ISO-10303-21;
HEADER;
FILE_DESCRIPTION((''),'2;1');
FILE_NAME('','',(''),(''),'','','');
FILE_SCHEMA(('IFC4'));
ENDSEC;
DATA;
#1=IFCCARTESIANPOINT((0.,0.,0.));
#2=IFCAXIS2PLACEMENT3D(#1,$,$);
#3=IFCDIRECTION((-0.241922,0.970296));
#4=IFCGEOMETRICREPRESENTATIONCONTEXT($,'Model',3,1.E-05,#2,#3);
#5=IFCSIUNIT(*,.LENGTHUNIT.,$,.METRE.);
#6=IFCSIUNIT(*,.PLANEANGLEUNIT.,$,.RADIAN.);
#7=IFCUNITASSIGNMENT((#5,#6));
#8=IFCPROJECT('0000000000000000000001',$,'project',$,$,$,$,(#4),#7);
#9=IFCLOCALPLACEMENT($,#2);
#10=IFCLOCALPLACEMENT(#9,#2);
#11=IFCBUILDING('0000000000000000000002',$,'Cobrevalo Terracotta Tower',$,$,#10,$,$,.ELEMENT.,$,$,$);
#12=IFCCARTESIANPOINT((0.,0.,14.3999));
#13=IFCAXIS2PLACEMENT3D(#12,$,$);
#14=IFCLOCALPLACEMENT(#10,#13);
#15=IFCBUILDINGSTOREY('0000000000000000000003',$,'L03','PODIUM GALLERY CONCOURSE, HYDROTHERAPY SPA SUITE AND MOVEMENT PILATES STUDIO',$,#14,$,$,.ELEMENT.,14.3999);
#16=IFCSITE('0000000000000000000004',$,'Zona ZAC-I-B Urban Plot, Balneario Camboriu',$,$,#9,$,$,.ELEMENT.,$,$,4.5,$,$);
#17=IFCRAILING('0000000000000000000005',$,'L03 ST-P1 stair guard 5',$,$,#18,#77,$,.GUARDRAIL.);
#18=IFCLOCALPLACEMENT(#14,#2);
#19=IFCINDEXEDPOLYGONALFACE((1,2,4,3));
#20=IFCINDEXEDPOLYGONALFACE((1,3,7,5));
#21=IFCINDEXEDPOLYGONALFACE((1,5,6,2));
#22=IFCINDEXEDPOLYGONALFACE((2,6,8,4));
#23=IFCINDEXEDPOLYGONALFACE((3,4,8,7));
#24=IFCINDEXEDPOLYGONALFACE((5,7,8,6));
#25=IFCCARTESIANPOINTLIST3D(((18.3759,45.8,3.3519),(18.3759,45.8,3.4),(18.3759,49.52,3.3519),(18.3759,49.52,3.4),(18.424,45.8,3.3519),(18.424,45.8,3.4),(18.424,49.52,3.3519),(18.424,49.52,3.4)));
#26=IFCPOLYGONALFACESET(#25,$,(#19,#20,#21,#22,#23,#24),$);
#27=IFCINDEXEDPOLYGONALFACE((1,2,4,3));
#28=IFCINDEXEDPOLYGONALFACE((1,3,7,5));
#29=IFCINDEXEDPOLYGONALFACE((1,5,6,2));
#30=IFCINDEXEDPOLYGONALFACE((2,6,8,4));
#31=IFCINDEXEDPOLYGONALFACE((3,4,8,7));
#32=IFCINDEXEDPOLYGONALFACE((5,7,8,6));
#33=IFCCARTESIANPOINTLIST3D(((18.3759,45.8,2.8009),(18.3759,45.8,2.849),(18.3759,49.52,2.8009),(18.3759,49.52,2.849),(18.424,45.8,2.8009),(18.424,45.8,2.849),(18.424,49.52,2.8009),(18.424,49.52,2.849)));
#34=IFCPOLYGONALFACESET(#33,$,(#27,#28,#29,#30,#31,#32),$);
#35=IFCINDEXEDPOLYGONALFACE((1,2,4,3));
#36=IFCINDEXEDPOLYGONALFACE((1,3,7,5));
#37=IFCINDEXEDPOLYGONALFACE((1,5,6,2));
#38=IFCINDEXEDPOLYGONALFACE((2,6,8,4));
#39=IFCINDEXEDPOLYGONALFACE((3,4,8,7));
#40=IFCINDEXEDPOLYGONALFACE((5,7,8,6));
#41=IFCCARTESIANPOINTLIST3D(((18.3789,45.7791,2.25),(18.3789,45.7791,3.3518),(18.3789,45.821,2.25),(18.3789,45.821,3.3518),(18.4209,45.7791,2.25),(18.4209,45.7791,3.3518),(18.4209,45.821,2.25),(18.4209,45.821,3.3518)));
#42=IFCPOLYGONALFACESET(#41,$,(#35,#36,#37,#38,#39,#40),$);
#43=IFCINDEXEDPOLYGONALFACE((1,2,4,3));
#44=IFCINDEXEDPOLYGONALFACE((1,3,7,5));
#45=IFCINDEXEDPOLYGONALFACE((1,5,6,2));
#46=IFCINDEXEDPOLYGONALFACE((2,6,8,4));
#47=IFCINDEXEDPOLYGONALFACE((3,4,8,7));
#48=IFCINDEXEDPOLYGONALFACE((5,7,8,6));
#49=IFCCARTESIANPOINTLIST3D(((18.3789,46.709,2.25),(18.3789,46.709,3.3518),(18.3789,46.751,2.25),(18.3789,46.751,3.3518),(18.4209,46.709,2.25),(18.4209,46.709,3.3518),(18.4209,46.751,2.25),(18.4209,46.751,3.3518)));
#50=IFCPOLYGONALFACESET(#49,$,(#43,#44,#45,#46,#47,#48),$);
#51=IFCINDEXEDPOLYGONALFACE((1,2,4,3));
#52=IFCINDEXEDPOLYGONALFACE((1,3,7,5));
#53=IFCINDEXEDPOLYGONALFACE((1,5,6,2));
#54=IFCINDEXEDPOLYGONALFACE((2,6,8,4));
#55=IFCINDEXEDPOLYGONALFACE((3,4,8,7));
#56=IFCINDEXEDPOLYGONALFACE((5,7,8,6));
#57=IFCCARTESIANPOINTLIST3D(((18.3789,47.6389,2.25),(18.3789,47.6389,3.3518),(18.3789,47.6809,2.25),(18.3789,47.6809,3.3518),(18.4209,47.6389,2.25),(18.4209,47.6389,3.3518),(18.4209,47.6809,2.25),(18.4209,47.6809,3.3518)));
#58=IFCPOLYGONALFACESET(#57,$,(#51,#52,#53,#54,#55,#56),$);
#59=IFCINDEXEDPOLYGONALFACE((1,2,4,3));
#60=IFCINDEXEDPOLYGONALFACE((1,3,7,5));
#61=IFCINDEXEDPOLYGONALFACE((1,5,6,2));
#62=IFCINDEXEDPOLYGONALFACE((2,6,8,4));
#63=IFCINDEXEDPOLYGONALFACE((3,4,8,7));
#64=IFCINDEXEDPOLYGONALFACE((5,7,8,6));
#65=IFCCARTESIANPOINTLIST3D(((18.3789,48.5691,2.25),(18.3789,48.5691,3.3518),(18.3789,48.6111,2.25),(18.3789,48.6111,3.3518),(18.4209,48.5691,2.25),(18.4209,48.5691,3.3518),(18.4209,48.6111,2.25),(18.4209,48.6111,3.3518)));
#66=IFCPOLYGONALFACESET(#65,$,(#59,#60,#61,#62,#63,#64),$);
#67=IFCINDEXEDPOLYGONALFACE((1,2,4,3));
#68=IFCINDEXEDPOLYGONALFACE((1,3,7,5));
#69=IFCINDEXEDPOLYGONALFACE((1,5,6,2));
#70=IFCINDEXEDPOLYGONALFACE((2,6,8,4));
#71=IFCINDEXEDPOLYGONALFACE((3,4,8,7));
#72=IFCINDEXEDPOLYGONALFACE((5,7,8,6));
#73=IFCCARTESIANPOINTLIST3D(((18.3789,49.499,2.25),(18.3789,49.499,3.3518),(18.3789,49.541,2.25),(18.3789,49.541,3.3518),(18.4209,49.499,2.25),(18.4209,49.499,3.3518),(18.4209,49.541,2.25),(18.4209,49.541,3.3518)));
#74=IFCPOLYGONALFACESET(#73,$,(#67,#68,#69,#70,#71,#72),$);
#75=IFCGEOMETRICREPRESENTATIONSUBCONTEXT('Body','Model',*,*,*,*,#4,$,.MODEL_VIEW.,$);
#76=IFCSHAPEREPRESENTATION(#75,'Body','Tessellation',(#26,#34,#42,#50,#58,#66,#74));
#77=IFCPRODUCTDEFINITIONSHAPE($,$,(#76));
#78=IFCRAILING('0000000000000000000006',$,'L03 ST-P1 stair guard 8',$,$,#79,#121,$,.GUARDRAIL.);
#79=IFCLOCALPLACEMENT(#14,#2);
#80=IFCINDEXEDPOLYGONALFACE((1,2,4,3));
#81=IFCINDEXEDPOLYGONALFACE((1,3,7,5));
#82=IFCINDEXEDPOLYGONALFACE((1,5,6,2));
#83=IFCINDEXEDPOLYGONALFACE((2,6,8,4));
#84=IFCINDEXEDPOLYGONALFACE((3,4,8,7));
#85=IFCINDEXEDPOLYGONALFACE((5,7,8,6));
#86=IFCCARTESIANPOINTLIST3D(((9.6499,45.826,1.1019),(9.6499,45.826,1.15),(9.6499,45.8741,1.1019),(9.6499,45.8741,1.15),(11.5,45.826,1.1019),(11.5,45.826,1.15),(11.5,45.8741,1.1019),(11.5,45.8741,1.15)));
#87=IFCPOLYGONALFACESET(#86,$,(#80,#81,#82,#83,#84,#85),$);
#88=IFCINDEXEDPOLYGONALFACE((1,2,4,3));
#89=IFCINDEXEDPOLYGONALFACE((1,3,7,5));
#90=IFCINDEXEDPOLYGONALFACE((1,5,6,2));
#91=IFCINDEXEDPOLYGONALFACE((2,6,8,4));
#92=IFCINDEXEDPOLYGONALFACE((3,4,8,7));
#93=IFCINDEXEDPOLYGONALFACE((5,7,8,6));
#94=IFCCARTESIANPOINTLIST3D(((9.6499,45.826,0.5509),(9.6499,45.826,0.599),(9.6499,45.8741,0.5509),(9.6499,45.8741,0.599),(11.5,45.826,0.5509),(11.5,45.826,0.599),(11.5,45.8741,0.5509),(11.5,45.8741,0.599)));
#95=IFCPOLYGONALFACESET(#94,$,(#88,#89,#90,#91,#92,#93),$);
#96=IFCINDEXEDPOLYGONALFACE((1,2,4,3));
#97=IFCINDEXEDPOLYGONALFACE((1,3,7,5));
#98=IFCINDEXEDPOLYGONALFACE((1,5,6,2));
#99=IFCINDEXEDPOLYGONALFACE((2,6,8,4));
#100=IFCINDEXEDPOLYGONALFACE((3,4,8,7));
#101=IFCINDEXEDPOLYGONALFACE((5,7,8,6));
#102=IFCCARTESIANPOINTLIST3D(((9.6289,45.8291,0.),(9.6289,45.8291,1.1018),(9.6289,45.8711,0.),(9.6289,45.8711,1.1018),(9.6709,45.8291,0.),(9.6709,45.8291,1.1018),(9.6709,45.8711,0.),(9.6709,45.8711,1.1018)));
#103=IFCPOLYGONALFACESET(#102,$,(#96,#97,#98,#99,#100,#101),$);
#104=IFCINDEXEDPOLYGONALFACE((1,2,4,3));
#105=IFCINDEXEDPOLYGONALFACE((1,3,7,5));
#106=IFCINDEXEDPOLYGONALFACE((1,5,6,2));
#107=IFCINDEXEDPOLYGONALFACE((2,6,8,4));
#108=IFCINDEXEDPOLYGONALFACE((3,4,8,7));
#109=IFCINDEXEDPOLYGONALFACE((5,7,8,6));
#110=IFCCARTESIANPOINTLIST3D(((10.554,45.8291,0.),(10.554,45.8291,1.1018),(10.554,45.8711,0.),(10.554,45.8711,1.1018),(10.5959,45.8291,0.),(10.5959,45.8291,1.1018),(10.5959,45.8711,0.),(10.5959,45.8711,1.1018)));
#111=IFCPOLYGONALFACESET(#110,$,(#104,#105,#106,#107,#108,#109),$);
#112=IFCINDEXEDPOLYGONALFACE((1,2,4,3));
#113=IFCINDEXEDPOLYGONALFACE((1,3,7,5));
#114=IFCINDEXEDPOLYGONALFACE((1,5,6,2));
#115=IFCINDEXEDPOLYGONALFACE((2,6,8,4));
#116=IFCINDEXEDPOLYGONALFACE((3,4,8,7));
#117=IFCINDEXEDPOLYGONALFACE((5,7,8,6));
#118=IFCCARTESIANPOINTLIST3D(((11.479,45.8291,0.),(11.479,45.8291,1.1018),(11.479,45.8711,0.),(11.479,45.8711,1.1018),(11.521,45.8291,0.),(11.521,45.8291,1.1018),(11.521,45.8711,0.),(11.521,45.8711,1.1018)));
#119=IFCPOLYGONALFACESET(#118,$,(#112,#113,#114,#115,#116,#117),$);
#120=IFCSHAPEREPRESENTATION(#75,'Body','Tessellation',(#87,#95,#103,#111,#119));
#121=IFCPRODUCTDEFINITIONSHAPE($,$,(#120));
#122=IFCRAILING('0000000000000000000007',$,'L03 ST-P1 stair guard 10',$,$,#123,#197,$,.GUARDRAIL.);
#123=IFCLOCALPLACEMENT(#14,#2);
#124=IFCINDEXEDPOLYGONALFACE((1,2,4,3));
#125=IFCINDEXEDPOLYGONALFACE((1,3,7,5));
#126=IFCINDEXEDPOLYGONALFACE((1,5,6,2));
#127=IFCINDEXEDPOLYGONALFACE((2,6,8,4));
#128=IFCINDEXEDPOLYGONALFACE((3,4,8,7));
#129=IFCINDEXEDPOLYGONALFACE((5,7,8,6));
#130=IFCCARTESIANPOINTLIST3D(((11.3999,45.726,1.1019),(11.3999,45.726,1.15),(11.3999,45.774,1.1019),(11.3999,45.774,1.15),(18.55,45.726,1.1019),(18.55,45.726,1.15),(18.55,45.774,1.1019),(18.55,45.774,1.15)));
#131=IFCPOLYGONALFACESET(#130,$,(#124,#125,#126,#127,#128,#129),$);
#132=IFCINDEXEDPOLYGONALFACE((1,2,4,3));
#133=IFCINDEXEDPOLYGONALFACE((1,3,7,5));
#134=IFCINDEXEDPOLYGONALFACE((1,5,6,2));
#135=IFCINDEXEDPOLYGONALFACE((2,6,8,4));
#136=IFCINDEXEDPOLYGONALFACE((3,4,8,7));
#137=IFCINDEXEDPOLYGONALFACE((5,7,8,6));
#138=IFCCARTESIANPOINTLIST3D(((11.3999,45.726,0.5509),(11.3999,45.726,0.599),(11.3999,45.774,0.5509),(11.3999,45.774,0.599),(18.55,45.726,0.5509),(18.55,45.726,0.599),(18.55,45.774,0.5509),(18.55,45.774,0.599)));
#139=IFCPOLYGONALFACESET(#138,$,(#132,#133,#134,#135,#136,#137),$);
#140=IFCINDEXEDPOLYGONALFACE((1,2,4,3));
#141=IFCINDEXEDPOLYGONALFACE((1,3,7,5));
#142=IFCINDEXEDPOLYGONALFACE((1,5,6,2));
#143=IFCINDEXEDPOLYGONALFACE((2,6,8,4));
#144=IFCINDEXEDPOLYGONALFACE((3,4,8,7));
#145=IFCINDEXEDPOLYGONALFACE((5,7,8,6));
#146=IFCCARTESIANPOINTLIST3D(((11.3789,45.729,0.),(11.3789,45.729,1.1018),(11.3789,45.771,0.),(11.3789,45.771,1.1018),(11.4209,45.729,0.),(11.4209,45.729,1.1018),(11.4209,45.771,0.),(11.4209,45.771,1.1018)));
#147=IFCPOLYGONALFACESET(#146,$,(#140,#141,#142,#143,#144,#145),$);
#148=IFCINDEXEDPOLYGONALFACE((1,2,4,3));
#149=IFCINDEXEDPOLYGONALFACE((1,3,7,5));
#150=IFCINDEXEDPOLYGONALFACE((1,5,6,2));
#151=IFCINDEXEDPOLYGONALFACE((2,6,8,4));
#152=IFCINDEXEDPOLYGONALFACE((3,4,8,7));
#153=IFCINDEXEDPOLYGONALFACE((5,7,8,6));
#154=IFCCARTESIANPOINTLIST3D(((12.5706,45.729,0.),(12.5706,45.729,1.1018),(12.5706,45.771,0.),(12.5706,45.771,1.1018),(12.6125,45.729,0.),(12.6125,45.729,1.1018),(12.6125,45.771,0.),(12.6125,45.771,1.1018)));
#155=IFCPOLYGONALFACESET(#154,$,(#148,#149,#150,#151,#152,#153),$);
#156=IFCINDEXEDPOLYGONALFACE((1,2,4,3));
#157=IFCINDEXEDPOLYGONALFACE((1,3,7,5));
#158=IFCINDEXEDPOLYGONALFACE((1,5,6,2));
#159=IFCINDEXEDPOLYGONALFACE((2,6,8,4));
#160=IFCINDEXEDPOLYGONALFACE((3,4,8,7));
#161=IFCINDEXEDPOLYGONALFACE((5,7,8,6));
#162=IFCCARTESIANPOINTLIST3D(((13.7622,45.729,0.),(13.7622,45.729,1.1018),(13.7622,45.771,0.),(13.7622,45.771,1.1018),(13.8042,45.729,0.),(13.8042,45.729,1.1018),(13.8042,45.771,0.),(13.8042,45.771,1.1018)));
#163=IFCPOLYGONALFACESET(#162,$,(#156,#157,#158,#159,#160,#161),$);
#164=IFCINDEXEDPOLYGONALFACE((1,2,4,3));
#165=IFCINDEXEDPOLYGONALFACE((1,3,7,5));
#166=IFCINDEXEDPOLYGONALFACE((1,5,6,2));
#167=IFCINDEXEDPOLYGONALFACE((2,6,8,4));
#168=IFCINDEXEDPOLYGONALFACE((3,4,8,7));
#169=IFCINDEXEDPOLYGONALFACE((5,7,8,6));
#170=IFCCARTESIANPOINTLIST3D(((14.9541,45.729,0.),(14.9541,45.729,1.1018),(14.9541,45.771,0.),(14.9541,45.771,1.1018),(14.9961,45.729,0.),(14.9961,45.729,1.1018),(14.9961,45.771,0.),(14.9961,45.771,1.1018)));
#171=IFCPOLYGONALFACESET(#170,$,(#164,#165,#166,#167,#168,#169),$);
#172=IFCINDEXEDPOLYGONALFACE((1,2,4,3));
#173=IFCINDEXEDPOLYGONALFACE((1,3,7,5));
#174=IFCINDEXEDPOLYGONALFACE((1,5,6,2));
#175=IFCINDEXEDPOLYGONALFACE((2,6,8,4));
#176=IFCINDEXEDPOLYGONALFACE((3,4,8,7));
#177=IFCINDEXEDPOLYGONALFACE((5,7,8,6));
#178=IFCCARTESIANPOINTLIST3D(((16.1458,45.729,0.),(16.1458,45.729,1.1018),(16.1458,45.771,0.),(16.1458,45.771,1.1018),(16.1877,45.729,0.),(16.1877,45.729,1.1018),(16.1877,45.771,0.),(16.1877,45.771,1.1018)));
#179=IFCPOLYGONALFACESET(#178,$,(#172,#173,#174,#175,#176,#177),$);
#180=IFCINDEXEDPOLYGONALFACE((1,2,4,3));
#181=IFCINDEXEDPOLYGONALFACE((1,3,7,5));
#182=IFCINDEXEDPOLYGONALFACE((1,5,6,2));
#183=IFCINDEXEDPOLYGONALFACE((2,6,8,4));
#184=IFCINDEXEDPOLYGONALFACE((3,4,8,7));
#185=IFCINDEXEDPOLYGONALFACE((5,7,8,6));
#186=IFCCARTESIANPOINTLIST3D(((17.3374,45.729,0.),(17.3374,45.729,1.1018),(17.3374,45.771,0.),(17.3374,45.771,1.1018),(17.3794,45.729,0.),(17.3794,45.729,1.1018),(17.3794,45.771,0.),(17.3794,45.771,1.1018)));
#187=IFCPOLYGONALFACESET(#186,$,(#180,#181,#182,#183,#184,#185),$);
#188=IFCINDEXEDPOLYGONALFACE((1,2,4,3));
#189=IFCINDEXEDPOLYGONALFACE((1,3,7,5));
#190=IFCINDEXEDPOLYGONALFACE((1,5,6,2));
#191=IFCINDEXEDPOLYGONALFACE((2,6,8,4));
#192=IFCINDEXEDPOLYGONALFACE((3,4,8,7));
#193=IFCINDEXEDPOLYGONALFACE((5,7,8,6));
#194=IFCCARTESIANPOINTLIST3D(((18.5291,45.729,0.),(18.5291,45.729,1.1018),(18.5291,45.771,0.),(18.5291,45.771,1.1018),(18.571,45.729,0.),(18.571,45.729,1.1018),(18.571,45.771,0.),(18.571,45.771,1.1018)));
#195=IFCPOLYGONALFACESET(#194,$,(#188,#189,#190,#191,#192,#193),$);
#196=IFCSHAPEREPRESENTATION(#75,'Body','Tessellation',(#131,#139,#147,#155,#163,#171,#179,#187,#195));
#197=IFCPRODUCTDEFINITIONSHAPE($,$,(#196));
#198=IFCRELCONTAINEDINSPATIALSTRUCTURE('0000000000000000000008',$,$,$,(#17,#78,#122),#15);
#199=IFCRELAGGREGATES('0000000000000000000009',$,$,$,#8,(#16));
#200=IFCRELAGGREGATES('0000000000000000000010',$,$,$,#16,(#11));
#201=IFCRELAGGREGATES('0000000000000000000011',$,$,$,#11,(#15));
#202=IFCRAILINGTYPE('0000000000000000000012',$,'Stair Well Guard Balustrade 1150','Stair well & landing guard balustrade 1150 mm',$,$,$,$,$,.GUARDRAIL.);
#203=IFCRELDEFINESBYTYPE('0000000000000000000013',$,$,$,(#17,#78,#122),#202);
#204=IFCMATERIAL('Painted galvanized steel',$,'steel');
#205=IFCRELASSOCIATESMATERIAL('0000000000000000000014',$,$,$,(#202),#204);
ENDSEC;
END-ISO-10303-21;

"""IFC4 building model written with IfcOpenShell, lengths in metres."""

from ifc_helpers import new_model, si_unit, direction, frame, origin, origin_2d, place, context, subcontext, project, spatial, rectangle, extrude, material, type_object, element, save


model = new_model("IFC4")

# Units and contexts
model_context = context("Model", 3, precision=1e-05, world=origin(), true_north=direction((-0.241922, 0.970296)))
body_context = subcontext(model_context, "Body", "Model", "MODEL_VIEW")
ifc_project = project(units=[si_unit("LENGTHUNIT", "METRE"), si_unit("PLANEANGLEUNIT", "RADIAN")], contexts=[model_context])

# Site, building, storey
site_placement = place(None, origin())
site = spatial("IfcSite", under=ifc_project, at=site_placement, Name="Zona ZAC-I-B Urban Plot, Balneario Camboriu", CompositionType="ELEMENT", RefElevation=4.5)
building_placement = place(site_placement, origin())
building = spatial("IfcBuilding", under=site, at=building_placement, Name="Cobrevalo Terracotta Tower", CompositionType="ELEMENT")
storey_placement = place(building_placement, frame((0.0, 0.0, 14.3999)))
storey = spatial("IfcBuildingStorey", under=building, at=storey_placement, Name="L03", Description="PODIUM GALLERY CONCOURSE, HYDROTHERAPY SPA SUITE AND MOVEMENT PILATES STUDIO", CompositionType="ELEMENT", Elevation=14.3999)

# Railings
ifc_material_1 = material(Name="Painted galvanized steel", Category="steel")
railing_type_1 = type_object("IfcRailingType", Name="Stair Well Guard Balustrade 1150", Description="Stair well & landing guard balustrade 1150 mm", PredefinedType="GUARDRAIL", material=ifc_material_1)
railing_1_placement = place(storey_placement, frame((18.3999, 45.8, 2.25)))
element("IfcRailing", 1, at=railing_1_placement, inside=storey, type_object=railing_type_1, Name="L03 ST-P1 stair guard 5", PredefinedType="GUARDRAIL", context=body_context, shape_type="SweptSolid", body=[
    extrude(rectangle(XDim=0.0481, YDim=0.0481, at=origin_2d()), frame((0.0, 0.0, 1.126), z_axis=(0.0, 1.0, 0.0), x_axis=(-1.0, 0.0, 0.0)), (0.0, 0.0, 1.0), 3.72),
    extrude(rectangle(XDim=0.0481, YDim=0.0481, at=origin_2d()), frame((0.0, 0.0, 0.575), z_axis=(0.0, 1.0, 0.0), x_axis=(-1.0, 0.0, 0.0)), (0.0, 0.0, 1.0), 3.72),
    extrude(rectangle(XDim=0.042, YDim=0.042, at=origin_2d()), origin(), (0.0, 0.0, 1.0), 1.1018),
    extrude(rectangle(XDim=0.042, YDim=0.042, at=origin_2d()), frame((0.0, 0.9299, 0.0)), (0.0, 0.0, 1.0), 1.1018),
    extrude(rectangle(XDim=0.042, YDim=0.042, at=origin_2d()), frame((0.0, 1.8599, 0.0)), (0.0, 0.0, 1.0), 1.1018),
    extrude(rectangle(XDim=0.042, YDim=0.042, at=origin_2d()), frame((0.0, 2.79, 0.0)), (0.0, 0.0, 1.0), 1.1018),
    extrude(rectangle(XDim=0.042, YDim=0.042, at=origin_2d()), frame((0.0, 3.72, 0.0)), (0.0, 0.0, 1.0), 1.1018),
])
railing_2_placement = place(storey_placement, frame((9.6499, 45.8501, 0.0)))
element("IfcRailing", 2, at=railing_2_placement, inside=storey, type_object=railing_type_1, Name="L03 ST-P1 stair guard 8", PredefinedType="GUARDRAIL", context=body_context, shape_type="SweptSolid", body=[
    extrude(rectangle(XDim=0.0481, YDim=0.0481, at=origin_2d()), frame((0.0, 0.0, 1.126), z_axis=(1.0, 0.0, 0.0), x_axis=(0.0, 1.0, 0.0)), (0.0, 0.0, 1.0), 1.8501),
    extrude(rectangle(XDim=0.0481, YDim=0.0481, at=origin_2d()), frame((0.0, 0.0, 0.575), z_axis=(1.0, 0.0, 0.0), x_axis=(0.0, 1.0, 0.0)), (0.0, 0.0, 1.0), 1.8501),
    extrude(rectangle(XDim=0.042, YDim=0.042, at=origin_2d()), origin(), (0.0, 0.0, 1.0), 1.1018),
    extrude(rectangle(XDim=0.042, YDim=0.042, at=origin_2d()), frame((0.925, 0.0, 0.0)), (0.0, 0.0, 1.0), 1.1018),
    extrude(rectangle(XDim=0.042, YDim=0.042, at=origin_2d()), frame((1.8501, 0.0, 0.0)), (0.0, 0.0, 1.0), 1.1018),
])
railing_3_placement = place(storey_placement, frame((11.3999, 45.75, 0.0)))
element("IfcRailing", 3, at=railing_3_placement, inside=storey, type_object=railing_type_1, Name="L03 ST-P1 stair guard 10", PredefinedType="GUARDRAIL", context=body_context, shape_type="SweptSolid", body=[
    extrude(rectangle(XDim=0.0481, YDim=0.0481, at=origin_2d()), frame((0.0, 0.0, 1.126), z_axis=(1.0, 0.0, 0.0), x_axis=(0.0, 1.0, 0.0)), (0.0, 0.0, 1.0), 7.1501),
    extrude(rectangle(XDim=0.0481, YDim=0.0481, at=origin_2d()), frame((0.0, 0.0, 0.575), z_axis=(1.0, 0.0, 0.0), x_axis=(0.0, 1.0, 0.0)), (0.0, 0.0, 1.0), 7.1501),
    extrude(rectangle(XDim=0.042, YDim=0.042, at=origin_2d()), origin(), (0.0, 0.0, 1.0), 1.1018),
    extrude(rectangle(XDim=0.042, YDim=0.042, at=origin_2d()), frame((1.1917, 0.0, 0.0)), (0.0, 0.0, 1.0), 1.1018),
    extrude(rectangle(XDim=0.042, YDim=0.042, at=origin_2d()), frame((2.3833, 0.0, 0.0)), (0.0, 0.0, 1.0), 1.1018),
    extrude(rectangle(XDim=0.042, YDim=0.042, at=origin_2d()), frame((3.5752, 0.0, 0.0)), (0.0, 0.0, 1.0), 1.1018),
    extrude(rectangle(XDim=0.042, YDim=0.042, at=origin_2d()), frame((4.7668, 0.0, 0.0)), (0.0, 0.0, 1.0), 1.1018),
    extrude(rectangle(XDim=0.042, YDim=0.042, at=origin_2d()), frame((5.9585, 0.0, 0.0)), (0.0, 0.0, 1.0), 1.1018),
    extrude(rectangle(XDim=0.042, YDim=0.042, at=origin_2d()), frame((7.1501, 0.0, 0.0)), (0.0, 0.0, 1.0), 1.1018),
])

save(model, "model.ifc")
